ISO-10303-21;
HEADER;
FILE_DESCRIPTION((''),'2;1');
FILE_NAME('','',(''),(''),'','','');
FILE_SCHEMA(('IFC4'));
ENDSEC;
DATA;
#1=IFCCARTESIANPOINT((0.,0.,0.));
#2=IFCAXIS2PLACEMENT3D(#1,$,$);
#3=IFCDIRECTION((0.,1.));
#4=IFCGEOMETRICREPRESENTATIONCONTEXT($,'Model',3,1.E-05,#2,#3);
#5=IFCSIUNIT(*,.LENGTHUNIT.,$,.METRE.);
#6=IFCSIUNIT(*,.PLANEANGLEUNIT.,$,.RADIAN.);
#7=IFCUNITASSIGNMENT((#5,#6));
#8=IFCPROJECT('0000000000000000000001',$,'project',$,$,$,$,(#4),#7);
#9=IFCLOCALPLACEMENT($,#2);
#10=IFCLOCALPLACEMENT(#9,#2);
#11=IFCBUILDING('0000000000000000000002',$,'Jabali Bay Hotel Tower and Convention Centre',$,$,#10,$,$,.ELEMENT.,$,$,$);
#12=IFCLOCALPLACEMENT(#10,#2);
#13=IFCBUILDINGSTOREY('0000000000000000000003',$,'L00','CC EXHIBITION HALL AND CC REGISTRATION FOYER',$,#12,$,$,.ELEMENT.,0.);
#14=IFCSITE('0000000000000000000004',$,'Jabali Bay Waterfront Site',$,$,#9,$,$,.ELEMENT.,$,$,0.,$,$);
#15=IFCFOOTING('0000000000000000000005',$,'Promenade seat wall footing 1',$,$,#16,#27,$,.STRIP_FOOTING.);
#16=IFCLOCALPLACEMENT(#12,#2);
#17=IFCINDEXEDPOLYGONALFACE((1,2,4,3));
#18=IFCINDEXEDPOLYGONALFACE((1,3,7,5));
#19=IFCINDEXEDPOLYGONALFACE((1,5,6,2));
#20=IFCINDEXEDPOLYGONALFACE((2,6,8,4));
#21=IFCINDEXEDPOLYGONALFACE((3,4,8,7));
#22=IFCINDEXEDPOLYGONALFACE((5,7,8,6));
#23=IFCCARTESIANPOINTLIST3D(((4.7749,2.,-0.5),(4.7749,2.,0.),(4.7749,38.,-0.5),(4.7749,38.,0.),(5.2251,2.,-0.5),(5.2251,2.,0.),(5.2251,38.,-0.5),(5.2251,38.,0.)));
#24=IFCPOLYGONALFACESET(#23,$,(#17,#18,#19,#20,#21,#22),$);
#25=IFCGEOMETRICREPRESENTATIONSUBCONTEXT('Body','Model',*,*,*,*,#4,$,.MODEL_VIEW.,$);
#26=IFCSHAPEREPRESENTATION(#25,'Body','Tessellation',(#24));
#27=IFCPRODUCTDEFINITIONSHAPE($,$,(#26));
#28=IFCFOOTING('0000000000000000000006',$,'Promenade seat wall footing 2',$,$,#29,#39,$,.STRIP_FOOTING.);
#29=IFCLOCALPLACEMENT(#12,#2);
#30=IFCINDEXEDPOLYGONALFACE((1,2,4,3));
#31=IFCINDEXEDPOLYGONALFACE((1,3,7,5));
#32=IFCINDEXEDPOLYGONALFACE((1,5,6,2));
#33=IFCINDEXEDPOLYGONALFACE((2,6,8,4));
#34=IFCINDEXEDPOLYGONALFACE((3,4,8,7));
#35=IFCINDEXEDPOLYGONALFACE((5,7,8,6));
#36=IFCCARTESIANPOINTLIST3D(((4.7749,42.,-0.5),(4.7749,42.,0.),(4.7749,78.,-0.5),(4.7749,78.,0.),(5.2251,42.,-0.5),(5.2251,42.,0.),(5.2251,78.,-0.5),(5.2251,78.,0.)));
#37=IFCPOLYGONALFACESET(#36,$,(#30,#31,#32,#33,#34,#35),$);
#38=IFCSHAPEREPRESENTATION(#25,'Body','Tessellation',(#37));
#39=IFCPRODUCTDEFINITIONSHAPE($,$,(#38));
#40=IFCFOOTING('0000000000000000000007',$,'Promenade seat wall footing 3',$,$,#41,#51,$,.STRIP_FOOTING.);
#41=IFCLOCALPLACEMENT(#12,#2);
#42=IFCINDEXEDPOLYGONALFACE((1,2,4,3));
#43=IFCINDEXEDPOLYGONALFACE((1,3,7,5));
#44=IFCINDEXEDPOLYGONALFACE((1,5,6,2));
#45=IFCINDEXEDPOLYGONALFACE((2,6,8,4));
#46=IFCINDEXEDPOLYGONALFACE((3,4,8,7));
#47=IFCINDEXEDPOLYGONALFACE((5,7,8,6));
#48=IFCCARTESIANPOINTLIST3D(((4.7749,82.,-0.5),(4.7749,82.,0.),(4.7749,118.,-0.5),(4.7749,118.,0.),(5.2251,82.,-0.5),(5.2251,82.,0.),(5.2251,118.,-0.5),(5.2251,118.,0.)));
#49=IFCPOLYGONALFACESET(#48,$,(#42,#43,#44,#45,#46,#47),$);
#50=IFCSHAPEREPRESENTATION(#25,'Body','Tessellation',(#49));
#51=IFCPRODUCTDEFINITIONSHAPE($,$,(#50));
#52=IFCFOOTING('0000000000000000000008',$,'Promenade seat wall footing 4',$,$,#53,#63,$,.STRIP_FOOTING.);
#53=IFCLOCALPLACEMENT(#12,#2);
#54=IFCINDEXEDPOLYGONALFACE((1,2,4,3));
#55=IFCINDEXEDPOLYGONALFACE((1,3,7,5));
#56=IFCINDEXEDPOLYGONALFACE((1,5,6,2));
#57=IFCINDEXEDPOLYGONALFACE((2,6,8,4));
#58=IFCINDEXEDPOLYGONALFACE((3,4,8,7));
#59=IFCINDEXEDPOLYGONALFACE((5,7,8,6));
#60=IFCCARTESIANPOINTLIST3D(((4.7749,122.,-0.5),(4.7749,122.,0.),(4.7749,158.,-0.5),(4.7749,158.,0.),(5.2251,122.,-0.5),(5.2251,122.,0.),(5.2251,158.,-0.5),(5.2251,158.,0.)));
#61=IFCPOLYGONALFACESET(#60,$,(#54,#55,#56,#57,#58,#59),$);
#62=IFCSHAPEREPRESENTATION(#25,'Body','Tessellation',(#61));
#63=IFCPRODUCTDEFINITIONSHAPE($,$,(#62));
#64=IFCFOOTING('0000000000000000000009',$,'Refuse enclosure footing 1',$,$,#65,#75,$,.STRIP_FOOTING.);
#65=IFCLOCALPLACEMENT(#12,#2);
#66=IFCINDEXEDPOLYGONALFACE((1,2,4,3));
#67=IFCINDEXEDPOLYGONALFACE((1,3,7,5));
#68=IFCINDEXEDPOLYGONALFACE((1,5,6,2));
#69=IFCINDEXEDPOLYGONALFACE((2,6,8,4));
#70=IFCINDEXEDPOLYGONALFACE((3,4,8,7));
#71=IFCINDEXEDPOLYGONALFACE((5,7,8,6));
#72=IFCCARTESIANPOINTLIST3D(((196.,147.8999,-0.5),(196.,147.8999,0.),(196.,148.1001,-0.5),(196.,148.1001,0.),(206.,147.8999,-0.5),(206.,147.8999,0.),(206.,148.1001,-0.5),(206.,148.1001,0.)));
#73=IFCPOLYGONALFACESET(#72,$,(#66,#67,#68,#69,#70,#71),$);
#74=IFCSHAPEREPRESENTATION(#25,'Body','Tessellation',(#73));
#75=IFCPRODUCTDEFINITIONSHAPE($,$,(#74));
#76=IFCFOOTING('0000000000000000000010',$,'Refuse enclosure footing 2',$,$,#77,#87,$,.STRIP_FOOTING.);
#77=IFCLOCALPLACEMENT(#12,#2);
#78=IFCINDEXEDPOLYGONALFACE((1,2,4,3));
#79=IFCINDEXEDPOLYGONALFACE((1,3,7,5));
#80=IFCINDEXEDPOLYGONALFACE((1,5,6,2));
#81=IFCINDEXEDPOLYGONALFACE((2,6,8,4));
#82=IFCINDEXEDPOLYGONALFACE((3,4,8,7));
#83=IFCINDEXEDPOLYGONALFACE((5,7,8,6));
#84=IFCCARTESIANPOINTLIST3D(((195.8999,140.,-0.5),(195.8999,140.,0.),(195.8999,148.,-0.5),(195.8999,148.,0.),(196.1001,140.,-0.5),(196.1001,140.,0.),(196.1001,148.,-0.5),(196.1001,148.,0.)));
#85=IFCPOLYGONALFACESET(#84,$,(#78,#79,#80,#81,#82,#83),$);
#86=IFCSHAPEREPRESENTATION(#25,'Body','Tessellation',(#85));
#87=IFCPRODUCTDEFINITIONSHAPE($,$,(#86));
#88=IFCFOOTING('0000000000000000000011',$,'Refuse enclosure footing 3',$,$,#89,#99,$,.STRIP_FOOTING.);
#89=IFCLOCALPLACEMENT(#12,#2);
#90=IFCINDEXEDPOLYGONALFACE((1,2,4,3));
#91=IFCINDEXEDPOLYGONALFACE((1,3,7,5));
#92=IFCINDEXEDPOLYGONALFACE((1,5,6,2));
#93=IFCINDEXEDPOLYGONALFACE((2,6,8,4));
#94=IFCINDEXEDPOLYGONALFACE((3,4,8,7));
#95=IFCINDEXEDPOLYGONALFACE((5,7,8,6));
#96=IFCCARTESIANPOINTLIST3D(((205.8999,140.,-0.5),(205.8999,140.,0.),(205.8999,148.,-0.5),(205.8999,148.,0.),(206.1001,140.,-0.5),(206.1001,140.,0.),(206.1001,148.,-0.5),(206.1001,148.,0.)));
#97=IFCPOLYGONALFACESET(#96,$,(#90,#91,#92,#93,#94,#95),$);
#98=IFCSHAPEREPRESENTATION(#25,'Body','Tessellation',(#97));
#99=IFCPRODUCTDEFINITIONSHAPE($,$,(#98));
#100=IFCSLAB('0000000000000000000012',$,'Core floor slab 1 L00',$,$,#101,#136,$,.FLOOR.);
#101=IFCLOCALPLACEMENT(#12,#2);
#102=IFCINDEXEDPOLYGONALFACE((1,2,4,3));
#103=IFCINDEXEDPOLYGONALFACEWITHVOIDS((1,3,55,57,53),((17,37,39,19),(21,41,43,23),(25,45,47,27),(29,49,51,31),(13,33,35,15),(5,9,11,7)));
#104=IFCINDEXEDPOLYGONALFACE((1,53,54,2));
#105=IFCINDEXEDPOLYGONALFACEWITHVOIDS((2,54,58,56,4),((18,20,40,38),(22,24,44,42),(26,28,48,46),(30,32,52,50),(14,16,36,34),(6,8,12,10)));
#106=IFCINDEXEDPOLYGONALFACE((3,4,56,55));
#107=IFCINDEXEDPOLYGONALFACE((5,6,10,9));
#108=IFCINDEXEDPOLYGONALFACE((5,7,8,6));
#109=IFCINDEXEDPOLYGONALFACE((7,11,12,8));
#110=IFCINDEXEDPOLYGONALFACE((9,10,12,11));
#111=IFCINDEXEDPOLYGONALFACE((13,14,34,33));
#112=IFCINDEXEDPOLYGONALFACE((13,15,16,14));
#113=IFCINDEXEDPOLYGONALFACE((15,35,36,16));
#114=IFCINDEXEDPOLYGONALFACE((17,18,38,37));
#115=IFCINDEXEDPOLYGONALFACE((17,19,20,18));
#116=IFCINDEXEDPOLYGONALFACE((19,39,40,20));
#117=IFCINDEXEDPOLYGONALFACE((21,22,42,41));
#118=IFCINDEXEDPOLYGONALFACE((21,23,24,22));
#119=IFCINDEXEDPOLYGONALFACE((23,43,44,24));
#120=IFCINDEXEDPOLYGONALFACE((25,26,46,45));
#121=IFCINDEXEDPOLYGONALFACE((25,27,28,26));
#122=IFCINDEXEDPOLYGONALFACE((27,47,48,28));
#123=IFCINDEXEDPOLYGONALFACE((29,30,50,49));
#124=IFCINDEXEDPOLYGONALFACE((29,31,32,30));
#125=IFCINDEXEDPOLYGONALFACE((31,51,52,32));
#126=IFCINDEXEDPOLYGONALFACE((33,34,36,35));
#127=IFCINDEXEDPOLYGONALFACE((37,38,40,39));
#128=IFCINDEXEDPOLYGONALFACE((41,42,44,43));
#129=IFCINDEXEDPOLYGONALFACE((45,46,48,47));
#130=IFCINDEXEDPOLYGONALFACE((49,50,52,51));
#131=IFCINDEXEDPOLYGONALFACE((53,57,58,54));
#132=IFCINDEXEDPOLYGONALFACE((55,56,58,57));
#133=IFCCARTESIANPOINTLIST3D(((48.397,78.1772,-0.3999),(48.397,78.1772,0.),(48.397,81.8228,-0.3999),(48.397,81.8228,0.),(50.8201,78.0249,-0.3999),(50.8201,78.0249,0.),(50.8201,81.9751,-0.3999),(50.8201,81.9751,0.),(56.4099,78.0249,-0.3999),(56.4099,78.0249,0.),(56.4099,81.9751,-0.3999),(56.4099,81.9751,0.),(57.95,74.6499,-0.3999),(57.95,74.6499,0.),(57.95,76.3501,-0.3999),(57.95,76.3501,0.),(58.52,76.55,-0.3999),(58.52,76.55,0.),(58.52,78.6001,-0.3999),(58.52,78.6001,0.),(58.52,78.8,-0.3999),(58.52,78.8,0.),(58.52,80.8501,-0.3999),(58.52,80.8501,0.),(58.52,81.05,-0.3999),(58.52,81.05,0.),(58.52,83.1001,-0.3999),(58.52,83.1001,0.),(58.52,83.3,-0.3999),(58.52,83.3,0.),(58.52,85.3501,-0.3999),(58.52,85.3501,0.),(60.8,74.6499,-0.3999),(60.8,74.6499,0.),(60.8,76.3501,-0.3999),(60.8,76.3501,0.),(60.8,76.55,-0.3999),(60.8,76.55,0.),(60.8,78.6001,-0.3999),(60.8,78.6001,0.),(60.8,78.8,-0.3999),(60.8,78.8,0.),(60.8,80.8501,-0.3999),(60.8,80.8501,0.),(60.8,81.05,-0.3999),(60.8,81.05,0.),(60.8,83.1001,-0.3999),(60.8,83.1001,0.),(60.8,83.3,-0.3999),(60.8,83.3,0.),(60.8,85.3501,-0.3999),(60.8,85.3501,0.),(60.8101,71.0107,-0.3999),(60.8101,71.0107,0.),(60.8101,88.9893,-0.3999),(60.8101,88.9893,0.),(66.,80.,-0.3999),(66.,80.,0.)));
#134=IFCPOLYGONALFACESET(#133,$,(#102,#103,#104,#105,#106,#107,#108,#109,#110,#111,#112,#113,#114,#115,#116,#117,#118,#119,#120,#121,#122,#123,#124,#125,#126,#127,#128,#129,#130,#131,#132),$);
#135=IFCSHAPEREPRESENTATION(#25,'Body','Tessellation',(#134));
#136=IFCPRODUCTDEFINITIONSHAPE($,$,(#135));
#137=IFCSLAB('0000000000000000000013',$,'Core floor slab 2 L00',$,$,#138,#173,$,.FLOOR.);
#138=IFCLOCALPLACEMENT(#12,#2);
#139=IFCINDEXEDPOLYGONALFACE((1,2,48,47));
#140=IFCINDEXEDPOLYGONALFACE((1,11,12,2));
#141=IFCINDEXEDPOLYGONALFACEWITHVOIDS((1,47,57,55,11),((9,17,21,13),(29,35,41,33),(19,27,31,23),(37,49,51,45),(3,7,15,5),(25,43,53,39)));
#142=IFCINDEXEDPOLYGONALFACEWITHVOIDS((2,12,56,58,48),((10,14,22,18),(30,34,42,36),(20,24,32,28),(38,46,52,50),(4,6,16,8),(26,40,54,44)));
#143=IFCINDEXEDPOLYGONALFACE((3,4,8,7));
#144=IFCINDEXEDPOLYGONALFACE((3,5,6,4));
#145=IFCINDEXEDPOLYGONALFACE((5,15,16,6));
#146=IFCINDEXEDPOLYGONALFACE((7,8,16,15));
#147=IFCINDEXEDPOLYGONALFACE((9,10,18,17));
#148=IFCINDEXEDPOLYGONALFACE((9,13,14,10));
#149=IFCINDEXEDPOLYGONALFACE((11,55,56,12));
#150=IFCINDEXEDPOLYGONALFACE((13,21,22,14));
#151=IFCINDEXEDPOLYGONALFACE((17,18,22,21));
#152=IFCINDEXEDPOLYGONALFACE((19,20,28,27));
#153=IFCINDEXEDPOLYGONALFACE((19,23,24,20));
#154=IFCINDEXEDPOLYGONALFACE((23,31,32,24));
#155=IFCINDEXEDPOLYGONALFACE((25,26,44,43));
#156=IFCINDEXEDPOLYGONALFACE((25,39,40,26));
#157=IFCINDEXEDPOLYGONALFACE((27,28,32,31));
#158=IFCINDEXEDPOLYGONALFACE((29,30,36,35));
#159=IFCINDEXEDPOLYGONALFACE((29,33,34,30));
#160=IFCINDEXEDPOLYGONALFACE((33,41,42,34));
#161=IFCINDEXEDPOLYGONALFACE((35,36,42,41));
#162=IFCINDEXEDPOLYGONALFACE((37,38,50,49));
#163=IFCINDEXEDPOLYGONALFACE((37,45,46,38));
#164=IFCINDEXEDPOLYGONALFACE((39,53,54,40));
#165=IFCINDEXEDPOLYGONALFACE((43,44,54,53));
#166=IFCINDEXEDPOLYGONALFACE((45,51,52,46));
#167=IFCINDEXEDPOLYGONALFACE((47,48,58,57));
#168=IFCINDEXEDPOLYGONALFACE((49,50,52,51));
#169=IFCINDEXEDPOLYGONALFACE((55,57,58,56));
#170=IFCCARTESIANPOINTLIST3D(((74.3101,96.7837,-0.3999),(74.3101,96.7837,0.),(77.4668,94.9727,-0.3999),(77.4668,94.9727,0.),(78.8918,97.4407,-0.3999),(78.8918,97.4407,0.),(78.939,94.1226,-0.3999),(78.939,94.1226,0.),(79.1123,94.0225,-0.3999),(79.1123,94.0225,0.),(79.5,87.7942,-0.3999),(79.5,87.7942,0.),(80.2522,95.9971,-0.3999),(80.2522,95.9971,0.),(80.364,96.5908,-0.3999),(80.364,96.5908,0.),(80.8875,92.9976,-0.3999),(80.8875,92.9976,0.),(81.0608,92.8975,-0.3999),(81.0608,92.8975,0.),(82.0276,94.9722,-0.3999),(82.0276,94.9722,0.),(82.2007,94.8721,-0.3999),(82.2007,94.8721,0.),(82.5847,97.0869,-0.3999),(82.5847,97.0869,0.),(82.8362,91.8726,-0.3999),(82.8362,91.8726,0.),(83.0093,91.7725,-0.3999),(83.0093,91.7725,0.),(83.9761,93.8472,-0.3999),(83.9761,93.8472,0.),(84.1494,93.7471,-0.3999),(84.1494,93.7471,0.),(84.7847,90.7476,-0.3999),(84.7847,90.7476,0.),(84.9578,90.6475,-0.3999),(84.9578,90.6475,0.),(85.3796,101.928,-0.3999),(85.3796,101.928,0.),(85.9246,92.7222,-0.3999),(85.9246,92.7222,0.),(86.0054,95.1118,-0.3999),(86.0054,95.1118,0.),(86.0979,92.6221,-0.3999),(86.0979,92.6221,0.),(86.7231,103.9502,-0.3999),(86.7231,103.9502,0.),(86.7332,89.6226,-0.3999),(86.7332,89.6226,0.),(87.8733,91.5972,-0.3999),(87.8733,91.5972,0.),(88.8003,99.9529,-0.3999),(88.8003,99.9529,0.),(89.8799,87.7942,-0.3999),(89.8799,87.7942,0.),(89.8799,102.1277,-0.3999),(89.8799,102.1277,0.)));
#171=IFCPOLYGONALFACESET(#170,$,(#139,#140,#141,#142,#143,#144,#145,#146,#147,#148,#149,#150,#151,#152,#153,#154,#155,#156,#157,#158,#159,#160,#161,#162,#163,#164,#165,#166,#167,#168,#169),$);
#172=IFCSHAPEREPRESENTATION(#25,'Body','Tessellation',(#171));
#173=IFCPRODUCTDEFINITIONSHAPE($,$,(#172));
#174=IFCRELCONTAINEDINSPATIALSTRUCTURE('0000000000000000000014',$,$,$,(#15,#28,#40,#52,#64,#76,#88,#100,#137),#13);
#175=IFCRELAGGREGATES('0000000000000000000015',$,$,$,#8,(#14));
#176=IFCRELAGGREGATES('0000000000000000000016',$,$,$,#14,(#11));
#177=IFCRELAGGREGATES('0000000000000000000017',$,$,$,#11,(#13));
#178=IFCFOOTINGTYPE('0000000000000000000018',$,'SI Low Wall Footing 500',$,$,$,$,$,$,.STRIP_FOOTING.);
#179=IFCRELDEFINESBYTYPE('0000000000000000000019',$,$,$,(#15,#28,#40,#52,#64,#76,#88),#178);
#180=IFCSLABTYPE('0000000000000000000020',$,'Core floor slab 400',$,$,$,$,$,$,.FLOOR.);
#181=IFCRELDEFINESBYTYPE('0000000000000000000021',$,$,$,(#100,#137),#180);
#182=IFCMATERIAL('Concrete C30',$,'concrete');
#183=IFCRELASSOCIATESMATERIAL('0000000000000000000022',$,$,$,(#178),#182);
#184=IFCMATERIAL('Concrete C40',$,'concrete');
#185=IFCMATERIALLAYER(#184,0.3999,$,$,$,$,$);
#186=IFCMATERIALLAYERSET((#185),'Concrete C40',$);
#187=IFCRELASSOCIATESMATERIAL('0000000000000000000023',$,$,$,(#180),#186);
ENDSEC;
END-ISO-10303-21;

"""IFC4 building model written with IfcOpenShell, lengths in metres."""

from ifc_helpers import new_model, si_unit, direction, frame, origin, place, context, subcontext, project, spatial, polyline, outline, extrude, material, layer, layer_set, type_object, element, save


model = new_model("IFC4")

# Units and contexts
model_context = context("Model", 3, precision=1e-05, world=origin(), true_north=direction((0.0, 1.0)))
body_context = subcontext(model_context, "Body", "Model", "MODEL_VIEW")
ifc_project = project(units=[si_unit("LENGTHUNIT", "METRE"), si_unit("PLANEANGLEUNIT", "RADIAN")], contexts=[model_context])

# Site, building, storey
site_placement = place(None, origin())
site = spatial("IfcSite", under=ifc_project, at=site_placement, Name="Jabali Bay Waterfront Site", CompositionType="ELEMENT", RefElevation=0.0)
building_placement = place(site_placement, origin())
building = spatial("IfcBuilding", under=site, at=building_placement, Name="Jabali Bay Hotel Tower and Convention Centre", CompositionType="ELEMENT")
storey_placement = place(building_placement, origin())
storey = spatial("IfcBuildingStorey", under=building, at=storey_placement, Name="L00", Description="CC EXHIBITION HALL AND CC REGISTRATION FOYER", CompositionType="ELEMENT", Elevation=0.0)

# Footings
ifc_material_1 = material(Name="Concrete C30", Category="concrete")
footing_type = type_object("IfcFootingType", Name="SI Low Wall Footing 500", PredefinedType="STRIP_FOOTING", material=ifc_material_1)
footing_1_placement = place(storey_placement, frame((0.0, 0.0, -0.5)))
element("IfcFooting", 1, at=footing_1_placement, inside=storey, type_object=footing_type, Name="Promenade seat wall footing 1", PredefinedType="STRIP_FOOTING", context=body_context, shape_type="SweptSolid", body=[
    extrude(outline(polyline([(4.7749, 2.0), (4.7749, 38.0), (5.2251, 38.0), (5.2251, 2.0), (4.7749, 2.0)])), origin(), (0.0, 0.0, 1.0), 0.5),
])
footing_2_placement = place(storey_placement, frame((0.0, 0.0, -0.5)))
element("IfcFooting", 2, at=footing_2_placement, inside=storey, type_object=footing_type, Name="Promenade seat wall footing 2", PredefinedType="STRIP_FOOTING", context=body_context, shape_type="SweptSolid", body=[
    extrude(outline(polyline([(4.7749, 42.0), (4.7749, 78.0), (5.2251, 78.0), (5.2251, 42.0), (4.7749, 42.0)])), origin(), (0.0, 0.0, 1.0), 0.5),
])
footing_3_placement = place(storey_placement, frame((0.0, 0.0, -0.5)))
element("IfcFooting", 3, at=footing_3_placement, inside=storey, type_object=footing_type, Name="Promenade seat wall footing 3", PredefinedType="STRIP_FOOTING", context=body_context, shape_type="SweptSolid", body=[
    extrude(outline(polyline([(4.7749, 82.0), (4.7749, 118.0), (5.2251, 118.0), (5.2251, 82.0), (4.7749, 82.0)])), origin(), (0.0, 0.0, 1.0), 0.5),
])
footing_4_placement = place(storey_placement, frame((0.0, 0.0, -0.5)))
element("IfcFooting", 4, at=footing_4_placement, inside=storey, type_object=footing_type, Name="Promenade seat wall footing 4", PredefinedType="STRIP_FOOTING", context=body_context, shape_type="SweptSolid", body=[
    extrude(outline(polyline([(4.7749, 122.0), (4.7749, 158.0), (5.2251, 158.0), (5.2251, 122.0), (4.7749, 122.0)])), origin(), (0.0, 0.0, 1.0), 0.5),
])
footing_5_placement = place(storey_placement, frame((0.0, 0.0, -0.5)))
element("IfcFooting", 5, at=footing_5_placement, inside=storey, type_object=footing_type, Name="Refuse enclosure footing 1", PredefinedType="STRIP_FOOTING", context=body_context, shape_type="SweptSolid", body=[
    extrude(outline(polyline([(196.0, 148.1001), (206.0, 148.1001), (206.0, 147.8999), (196.0, 147.8999), (196.0, 148.1001)])), origin(), (0.0, 0.0, 1.0), 0.5),
])
footing_6_placement = place(storey_placement, frame((0.0, 0.0, -0.5)))
element("IfcFooting", 6, at=footing_6_placement, inside=storey, type_object=footing_type, Name="Refuse enclosure footing 2", PredefinedType="STRIP_FOOTING", context=body_context, shape_type="SweptSolid", body=[
    extrude(outline(polyline([(195.8999, 140.0), (195.8999, 148.0), (196.1001, 148.0), (196.1001, 140.0), (195.8999, 140.0)])), origin(), (0.0, 0.0, 1.0), 0.5),
])
footing_7_placement = place(storey_placement, frame((0.0, 0.0, -0.5)))
element("IfcFooting", 7, at=footing_7_placement, inside=storey, type_object=footing_type, Name="Refuse enclosure footing 3", PredefinedType="STRIP_FOOTING", context=body_context, shape_type="SweptSolid", body=[
    extrude(outline(polyline([(205.8999, 140.0), (205.8999, 148.0), (206.1001, 148.0), (206.1001, 140.0), (205.8999, 140.0)])), origin(), (0.0, 0.0, 1.0), 0.5),
])

# Slabs
ifc_material_2 = material(Name="Concrete C40", Category="concrete")
ifc_layer_1 = layer(ifc_material_2, 0.3999)
ifc_layer_set_1 = layer_set([ifc_layer_1], Name="Concrete C40")
slab_type_1 = type_object("IfcSlabType", Name="Core floor slab 400", PredefinedType="FLOOR", material=ifc_layer_set_1)
slab_1_placement = place(storey_placement, frame((0.0, 0.0, -0.3999)))
element("IfcSlab", 8, at=slab_1_placement, inside=storey, type_object=slab_type_1, Name="Core floor slab 1 L00", PredefinedType="FLOOR", context=body_context, shape_type="SweptSolid", body=[
    extrude(outline(polyline([(66.0, 80.0), (60.8101, 88.9893), (48.397, 81.8228), (48.397, 78.1772), (60.8101, 71.0107), (66.0, 80.0)]), holes=[polyline([(60.8, 74.6499), (60.8, 76.3501), (57.95, 76.3501), (57.95, 74.6499), (60.8, 74.6499)]), polyline([(58.52, 76.55), (60.8, 76.55), (60.8, 78.6001), (58.52, 78.6001), (58.52, 76.55)]), polyline([(58.52, 78.8), (60.8, 78.8), (60.8, 80.8501), (58.52, 80.8501), (58.52, 78.8)]), polyline([(56.4099, 81.9751), (50.8201, 81.9751), (50.8201, 78.0249), (56.4099, 78.0249), (56.4099, 81.9751)]), polyline([(58.52, 81.05), (60.8, 81.05), (60.8, 83.1001), (58.52, 83.1001), (58.52, 81.05)]), polyline([(58.52, 83.3), (60.8, 83.3), (60.8, 85.3501), (58.52, 85.3501), (58.52, 83.3)])]), origin(), (0.0, 0.0, 1.0), 0.3999),
])
slab_2_placement = place(storey_placement, frame((0.0, 0.0, -0.3999)))
element("IfcSlab", 9, at=slab_2_placement, inside=storey, type_object=slab_type_1, Name="Core floor slab 2 L00", PredefinedType="FLOOR", context=body_context, shape_type="SweptSolid", body=[
    extrude(outline(polyline([(79.5, 87.7942), (89.8799, 87.7942), (89.8799, 102.1277), (86.7231, 103.9502), (74.3101, 96.7837), (79.5, 87.7942)]), holes=[polyline([(84.9578, 90.6475), (86.7332, 89.6226), (87.8733, 91.5972), (86.0979, 92.6221), (84.9578, 90.6475)]), polyline([(84.1494, 93.7471), (83.0093, 91.7725), (84.7847, 90.7476), (85.9246, 92.7222), (84.1494, 93.7471)]), polyline([(82.2007, 94.8721), (81.0608, 92.8975), (82.8362, 91.8726), (83.9761, 93.8472), (82.2007, 94.8721)]), polyline([(79.1123, 94.0225), (80.8875, 92.9976), (82.0276, 94.9722), (80.2522, 95.9971), (79.1123, 94.0225)]), polyline([(78.8918, 97.4407), (77.4668, 94.9727), (78.939, 94.1226), (80.364, 96.5908), (78.8918, 97.4407)]), polyline([(82.5847, 97.0869), (86.0054, 95.1118), (88.8003, 99.9529), (85.3796, 101.928), (82.5847, 97.0869)])]), origin(), (0.0, 0.0, 1.0), 0.3999),
])

save(model, "model.ifc")
